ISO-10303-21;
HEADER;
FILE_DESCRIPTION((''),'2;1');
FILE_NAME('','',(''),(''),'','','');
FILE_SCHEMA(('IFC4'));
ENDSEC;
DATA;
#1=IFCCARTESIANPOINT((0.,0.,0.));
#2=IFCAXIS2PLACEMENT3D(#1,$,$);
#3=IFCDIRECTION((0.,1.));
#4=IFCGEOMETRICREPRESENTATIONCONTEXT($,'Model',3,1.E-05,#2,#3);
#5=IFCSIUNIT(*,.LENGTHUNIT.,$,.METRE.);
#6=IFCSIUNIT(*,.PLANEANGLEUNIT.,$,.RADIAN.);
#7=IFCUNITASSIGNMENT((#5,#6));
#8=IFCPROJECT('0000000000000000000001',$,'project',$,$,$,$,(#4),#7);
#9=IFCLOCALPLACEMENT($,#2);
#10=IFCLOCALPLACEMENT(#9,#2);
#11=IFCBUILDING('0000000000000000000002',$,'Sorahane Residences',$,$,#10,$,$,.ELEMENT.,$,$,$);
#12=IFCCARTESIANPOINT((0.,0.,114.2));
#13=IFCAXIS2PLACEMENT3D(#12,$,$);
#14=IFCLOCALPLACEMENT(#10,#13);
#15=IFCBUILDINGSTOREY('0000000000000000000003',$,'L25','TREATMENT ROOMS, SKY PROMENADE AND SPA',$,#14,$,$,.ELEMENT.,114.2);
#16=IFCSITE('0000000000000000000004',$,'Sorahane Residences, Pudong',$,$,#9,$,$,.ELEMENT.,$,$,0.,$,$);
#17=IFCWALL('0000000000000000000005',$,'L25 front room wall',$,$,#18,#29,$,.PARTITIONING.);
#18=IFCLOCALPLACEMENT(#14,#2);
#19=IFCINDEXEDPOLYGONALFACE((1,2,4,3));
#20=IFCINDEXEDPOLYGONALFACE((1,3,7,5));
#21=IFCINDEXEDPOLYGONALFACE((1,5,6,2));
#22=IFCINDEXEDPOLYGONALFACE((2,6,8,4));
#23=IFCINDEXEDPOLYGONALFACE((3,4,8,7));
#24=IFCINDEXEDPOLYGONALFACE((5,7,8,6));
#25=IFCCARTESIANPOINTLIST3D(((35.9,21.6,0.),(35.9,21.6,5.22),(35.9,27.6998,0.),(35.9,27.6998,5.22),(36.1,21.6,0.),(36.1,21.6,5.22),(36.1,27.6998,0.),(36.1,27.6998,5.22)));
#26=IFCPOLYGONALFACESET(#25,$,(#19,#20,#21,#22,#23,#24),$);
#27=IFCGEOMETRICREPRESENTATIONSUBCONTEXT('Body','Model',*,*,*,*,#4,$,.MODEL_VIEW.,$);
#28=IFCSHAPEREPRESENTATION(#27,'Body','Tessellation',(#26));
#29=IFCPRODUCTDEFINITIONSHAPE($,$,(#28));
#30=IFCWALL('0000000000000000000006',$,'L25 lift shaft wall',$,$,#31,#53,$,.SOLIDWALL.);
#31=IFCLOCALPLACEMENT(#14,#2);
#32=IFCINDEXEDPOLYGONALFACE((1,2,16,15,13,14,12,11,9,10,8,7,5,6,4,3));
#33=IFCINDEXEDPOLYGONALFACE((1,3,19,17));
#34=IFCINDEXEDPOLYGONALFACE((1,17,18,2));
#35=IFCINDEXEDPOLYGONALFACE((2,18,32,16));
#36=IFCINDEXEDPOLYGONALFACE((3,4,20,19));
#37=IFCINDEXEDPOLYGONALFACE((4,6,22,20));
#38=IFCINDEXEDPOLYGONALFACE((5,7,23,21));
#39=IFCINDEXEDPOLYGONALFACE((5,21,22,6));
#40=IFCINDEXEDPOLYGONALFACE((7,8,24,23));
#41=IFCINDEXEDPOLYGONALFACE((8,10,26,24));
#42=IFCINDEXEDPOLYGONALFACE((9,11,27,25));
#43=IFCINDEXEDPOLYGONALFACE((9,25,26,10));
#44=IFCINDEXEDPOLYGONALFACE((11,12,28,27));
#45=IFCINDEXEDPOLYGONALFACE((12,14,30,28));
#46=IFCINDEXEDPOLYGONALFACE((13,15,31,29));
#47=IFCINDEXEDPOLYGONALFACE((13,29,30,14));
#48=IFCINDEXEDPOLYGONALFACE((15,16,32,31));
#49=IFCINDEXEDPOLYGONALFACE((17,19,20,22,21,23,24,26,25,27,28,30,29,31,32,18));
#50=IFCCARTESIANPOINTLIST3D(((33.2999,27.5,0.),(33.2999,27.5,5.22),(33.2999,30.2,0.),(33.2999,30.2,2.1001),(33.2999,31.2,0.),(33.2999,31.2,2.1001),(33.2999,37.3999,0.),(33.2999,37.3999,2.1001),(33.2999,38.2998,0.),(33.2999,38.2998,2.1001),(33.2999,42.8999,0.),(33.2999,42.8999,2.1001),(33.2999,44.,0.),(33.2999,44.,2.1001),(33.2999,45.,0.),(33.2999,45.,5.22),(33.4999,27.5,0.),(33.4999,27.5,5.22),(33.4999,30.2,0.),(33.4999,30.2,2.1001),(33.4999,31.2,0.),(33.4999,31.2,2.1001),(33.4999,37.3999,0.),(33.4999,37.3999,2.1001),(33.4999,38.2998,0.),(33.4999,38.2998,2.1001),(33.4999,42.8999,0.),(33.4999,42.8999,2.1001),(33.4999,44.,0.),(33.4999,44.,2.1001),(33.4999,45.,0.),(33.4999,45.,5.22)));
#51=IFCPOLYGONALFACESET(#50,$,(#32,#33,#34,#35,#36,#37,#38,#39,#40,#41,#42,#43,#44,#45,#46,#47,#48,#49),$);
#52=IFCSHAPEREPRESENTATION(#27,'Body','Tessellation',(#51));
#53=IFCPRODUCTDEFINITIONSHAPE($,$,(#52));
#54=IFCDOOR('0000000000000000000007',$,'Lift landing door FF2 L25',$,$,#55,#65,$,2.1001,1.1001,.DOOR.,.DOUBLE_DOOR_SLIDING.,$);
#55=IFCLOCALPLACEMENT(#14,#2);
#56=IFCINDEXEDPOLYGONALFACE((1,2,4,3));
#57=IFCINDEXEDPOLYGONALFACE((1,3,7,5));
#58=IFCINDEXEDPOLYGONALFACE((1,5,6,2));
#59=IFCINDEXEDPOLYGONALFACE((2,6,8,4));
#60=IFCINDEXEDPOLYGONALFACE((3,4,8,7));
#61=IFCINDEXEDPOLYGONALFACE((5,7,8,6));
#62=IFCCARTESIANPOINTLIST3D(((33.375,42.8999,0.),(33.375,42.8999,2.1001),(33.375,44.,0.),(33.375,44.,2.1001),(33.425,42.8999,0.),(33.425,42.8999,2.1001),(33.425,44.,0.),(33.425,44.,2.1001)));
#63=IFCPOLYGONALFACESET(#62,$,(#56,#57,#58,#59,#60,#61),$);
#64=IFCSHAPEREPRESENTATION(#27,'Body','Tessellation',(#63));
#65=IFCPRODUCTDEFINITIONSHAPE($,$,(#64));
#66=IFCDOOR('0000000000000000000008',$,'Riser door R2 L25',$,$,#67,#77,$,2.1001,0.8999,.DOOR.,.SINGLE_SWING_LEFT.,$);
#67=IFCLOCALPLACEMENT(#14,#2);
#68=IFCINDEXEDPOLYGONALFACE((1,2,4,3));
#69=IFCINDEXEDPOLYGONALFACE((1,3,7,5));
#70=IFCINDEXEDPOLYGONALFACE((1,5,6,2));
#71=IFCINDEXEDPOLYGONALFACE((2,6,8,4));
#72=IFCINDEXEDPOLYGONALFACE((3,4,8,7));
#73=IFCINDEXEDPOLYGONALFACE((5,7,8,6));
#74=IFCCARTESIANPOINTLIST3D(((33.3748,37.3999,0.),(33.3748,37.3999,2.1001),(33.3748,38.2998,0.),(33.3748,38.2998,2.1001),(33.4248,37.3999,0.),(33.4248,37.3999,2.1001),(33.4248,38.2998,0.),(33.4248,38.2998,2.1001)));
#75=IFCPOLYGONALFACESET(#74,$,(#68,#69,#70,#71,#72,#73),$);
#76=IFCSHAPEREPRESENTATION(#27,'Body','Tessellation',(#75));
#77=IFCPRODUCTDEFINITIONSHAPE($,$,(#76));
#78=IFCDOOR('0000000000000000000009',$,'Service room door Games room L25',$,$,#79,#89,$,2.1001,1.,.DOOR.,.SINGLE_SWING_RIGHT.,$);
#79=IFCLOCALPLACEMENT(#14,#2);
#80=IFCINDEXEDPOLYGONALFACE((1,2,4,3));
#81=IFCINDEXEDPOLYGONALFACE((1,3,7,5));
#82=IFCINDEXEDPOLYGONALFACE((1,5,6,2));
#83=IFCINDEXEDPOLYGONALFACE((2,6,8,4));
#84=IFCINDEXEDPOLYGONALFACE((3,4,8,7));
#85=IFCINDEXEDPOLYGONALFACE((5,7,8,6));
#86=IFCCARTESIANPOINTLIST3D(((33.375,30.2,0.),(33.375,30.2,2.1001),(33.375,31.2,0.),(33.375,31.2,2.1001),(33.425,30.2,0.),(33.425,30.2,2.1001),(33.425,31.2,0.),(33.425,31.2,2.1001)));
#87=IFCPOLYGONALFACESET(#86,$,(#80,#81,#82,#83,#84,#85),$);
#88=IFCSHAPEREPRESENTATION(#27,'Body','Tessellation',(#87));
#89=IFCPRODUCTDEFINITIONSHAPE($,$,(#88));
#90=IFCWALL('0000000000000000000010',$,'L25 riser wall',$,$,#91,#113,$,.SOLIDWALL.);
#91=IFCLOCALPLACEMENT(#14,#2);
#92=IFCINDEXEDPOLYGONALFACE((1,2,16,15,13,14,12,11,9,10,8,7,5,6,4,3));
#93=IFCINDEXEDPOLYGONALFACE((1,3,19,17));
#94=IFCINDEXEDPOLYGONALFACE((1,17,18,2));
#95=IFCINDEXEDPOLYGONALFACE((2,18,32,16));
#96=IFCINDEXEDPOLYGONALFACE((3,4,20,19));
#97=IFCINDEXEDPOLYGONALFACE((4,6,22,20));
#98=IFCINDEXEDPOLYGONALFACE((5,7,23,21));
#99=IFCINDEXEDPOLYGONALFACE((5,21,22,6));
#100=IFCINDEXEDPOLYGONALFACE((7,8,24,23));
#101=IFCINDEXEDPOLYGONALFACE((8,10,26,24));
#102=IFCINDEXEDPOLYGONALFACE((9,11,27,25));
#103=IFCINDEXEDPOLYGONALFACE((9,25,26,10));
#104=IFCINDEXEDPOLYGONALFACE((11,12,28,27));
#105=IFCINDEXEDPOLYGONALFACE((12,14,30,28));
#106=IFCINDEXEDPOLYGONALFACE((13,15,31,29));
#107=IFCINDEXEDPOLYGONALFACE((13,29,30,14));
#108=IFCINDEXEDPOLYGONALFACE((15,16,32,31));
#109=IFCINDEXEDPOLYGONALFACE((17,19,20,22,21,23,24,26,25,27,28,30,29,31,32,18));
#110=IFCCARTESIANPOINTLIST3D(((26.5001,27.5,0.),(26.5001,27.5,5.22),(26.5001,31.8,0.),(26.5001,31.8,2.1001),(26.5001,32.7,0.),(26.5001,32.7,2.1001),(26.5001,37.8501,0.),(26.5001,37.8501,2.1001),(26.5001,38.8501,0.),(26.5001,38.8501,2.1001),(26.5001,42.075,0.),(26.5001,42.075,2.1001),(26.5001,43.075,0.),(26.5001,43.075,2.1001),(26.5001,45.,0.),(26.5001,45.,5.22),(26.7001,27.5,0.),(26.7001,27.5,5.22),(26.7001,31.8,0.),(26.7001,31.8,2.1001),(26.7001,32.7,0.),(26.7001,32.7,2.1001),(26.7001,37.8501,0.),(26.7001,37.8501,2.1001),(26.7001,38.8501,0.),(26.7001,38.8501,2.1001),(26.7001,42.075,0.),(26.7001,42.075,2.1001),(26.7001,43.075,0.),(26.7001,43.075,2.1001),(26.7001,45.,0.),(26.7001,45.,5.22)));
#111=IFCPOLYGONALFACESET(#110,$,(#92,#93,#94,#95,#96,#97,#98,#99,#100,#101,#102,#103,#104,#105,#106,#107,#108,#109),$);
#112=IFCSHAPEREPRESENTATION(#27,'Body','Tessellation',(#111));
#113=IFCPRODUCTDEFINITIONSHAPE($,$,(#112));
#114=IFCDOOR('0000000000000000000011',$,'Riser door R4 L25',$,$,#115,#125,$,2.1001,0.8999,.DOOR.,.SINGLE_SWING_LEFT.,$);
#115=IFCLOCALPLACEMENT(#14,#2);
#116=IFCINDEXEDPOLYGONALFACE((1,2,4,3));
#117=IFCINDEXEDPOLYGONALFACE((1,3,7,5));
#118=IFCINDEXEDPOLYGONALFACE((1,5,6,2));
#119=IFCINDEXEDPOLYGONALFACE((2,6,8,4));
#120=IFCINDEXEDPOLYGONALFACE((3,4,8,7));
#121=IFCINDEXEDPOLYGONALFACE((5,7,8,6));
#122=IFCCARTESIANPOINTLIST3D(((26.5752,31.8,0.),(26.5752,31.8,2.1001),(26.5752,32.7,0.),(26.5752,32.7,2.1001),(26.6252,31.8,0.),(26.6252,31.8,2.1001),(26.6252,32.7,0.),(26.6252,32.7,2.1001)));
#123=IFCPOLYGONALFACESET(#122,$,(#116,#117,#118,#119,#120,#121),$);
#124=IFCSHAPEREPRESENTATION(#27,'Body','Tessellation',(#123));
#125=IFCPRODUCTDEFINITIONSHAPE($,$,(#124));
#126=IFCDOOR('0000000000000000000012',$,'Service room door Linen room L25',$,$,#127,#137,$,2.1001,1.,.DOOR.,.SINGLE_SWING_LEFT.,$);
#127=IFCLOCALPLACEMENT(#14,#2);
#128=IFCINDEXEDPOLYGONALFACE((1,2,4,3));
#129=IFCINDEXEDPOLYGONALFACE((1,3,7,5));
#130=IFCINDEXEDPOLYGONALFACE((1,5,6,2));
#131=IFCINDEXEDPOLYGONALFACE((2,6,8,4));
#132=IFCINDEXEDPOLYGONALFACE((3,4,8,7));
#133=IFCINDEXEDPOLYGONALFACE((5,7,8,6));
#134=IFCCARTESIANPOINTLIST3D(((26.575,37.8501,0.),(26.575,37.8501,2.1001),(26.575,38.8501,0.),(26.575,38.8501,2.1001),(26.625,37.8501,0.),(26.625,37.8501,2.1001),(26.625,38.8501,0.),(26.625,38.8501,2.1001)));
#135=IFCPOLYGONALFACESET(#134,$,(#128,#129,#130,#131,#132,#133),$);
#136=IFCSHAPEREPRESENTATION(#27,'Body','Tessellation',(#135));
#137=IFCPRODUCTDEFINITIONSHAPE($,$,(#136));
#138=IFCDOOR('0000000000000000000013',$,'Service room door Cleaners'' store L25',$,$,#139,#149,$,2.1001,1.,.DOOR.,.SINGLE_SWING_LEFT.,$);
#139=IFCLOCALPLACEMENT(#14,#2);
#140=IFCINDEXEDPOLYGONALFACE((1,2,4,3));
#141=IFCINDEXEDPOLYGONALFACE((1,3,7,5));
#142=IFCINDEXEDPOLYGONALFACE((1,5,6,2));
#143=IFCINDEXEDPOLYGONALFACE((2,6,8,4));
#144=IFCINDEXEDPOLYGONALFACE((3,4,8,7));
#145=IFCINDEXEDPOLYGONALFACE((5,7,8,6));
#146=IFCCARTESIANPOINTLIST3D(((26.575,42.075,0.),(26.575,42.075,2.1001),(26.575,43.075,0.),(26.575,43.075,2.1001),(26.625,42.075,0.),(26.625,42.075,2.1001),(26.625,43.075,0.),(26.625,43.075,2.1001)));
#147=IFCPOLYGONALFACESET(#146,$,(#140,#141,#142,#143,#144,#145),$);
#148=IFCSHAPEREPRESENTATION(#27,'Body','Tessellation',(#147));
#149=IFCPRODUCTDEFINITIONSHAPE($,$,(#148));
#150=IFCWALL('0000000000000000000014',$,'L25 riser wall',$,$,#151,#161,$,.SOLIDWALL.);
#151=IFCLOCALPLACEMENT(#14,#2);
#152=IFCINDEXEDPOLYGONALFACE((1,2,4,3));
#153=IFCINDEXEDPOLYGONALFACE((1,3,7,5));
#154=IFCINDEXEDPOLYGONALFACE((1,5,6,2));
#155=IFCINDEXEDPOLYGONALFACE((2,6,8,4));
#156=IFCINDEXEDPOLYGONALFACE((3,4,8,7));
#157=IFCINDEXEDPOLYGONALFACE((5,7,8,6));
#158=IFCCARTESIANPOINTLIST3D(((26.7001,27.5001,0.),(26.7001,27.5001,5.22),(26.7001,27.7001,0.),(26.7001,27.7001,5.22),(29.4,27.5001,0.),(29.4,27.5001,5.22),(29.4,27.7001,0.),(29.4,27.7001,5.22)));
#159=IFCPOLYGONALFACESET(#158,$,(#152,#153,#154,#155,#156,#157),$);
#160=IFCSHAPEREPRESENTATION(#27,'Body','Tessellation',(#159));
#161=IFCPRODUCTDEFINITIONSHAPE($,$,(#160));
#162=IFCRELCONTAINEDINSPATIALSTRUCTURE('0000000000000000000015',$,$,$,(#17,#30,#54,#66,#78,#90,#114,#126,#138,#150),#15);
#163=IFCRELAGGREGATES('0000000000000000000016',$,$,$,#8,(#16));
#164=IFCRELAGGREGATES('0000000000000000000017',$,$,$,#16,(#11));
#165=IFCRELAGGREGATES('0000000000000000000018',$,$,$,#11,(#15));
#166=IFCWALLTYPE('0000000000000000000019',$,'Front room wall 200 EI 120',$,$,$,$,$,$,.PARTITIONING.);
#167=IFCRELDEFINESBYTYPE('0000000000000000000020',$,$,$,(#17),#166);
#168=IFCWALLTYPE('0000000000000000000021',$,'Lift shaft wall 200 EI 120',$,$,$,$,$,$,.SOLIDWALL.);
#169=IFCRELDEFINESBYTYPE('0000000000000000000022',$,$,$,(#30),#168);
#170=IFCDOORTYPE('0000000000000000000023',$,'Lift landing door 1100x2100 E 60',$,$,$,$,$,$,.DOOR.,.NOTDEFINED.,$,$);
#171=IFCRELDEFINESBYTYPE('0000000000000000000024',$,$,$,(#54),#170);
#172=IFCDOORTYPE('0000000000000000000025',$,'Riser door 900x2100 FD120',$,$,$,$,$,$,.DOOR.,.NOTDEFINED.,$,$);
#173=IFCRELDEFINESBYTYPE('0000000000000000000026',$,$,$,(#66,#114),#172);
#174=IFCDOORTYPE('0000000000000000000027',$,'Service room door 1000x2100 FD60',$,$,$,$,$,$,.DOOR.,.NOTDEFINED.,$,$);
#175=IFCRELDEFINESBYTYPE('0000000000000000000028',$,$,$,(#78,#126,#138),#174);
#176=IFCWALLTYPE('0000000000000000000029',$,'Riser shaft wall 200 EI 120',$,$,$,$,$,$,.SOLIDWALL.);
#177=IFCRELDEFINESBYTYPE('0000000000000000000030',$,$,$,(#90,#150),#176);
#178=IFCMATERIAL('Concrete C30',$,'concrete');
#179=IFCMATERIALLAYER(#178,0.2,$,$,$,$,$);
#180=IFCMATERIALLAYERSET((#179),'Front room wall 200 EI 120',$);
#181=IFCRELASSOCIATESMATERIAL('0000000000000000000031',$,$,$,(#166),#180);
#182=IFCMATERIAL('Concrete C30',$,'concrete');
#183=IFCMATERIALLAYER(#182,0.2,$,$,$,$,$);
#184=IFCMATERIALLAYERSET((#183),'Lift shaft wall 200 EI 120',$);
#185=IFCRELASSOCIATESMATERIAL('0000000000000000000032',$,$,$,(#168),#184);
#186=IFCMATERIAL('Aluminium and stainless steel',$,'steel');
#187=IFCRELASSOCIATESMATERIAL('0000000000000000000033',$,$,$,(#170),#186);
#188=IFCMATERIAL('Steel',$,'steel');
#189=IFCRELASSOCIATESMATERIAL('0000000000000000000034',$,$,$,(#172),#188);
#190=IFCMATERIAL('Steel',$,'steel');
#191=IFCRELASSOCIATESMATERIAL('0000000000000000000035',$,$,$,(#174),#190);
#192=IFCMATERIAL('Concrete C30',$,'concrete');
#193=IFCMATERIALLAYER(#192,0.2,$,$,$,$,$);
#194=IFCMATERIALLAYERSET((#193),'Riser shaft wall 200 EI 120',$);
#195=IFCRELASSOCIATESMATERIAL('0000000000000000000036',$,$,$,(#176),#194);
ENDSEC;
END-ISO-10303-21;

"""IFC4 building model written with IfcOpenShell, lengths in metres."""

from ifc_helpers import new_model, si_unit, direction, frame, frame_2d, origin, place, context, subcontext, project, spatial, rectangle, extrude, material, layer, layer_set, type_object, element, fill, save


model = new_model("IFC4")

# Units and contexts
model_context = context("Model", 3, precision=1e-05, world=origin(), true_north=direction((0.0, 1.0)))
body_context = subcontext(model_context, "Body", "Model", "MODEL_VIEW")
ifc_project = project(units=[si_unit("LENGTHUNIT", "METRE"), si_unit("PLANEANGLEUNIT", "RADIAN")], contexts=[model_context])

# Site, building, storey
site_placement = place(None, origin())
site = spatial("IfcSite", under=ifc_project, at=site_placement, Name="Sorahane Residences, Pudong", CompositionType="ELEMENT", RefElevation=0.0)
building_placement = place(site_placement, origin())
building = spatial("IfcBuilding", under=site, at=building_placement, Name="Sorahane Residences", CompositionType="ELEMENT")
storey_placement = place(building_placement, frame((0.0, 0.0, 114.2)))
storey = spatial("IfcBuildingStorey", under=building, at=storey_placement, Name="L25", Description="TREATMENT ROOMS, SKY PROMENADE AND SPA", CompositionType="ELEMENT", Elevation=114.2)

# Wall
ifc_material_1 = material(Name="Concrete C30", Category="concrete")
ifc_layer_1 = layer(ifc_material_1, 0.2)
ifc_layer_set_1 = layer_set([ifc_layer_1], Name="Front room wall 200 EI 120")
wall_type_1 = type_object("IfcWallType", Name="Front room wall 200 EI 120", PredefinedType="PARTITIONING", material=ifc_layer_set_1)
wall_1_placement = place(storey_placement, frame((36.0, 21.6001, 0.0), z_axis=(0.0, 0.0, 1.0), x_axis=(0.0, 1.0, 0.0)))
element("IfcWall", 1, at=wall_1_placement, inside=storey, type_object=wall_type_1, Name="L25 front room wall", PredefinedType="PARTITIONING", context=body_context, shape_type="SweptSolid", body=[
    extrude(rectangle(XDim=6.0999, YDim=0.2, at=frame_2d((3.0498, 0.0))), origin(), (0.0, 0.0, 1.0), 5.22),
])

# Walls, openings, doors
ifc_material_2 = material(Name="Concrete C30", Category="concrete")
ifc_layer_2 = layer(ifc_material_2, 0.2)
ifc_layer_set_2 = layer_set([ifc_layer_2], Name="Lift shaft wall 200 EI 120")
wall_type_2 = type_object("IfcWallType", Name="Lift shaft wall 200 EI 120", PredefinedType="SOLIDWALL", material=ifc_layer_set_2)
wall_2_placement = place(storey_placement, frame((33.3999, 27.5, 0.0), z_axis=(0.0, 0.0, 1.0), x_axis=(0.0, 1.0, 0.0)))
wall_2 = element("IfcWall", 2, at=wall_2_placement, inside=storey, type_object=wall_type_2, Name="L25 lift shaft wall", PredefinedType="SOLIDWALL", context=body_context, shape_type="SweptSolid", body=[
    extrude(rectangle(XDim=17.5, YDim=0.2, at=frame_2d((8.75, 0.0))), origin(), (0.0, 0.0, 1.0), 5.22),
])
opening_1_placement = place(wall_2_placement, frame((15.3999, 0.0, 0.0)))
opening_1 = element("IfcOpeningElement", 3, at=opening_1_placement, cuts=wall_2, PredefinedType="OPENING", context=body_context, shape_type="SweptSolid", body=[
    extrude(rectangle(XDim=1.1001, YDim=2.1001, at=frame_2d((0.55, 1.05))), frame((0.0, 0.1099, 0.0), z_axis=(0.0, -1.0, 0.0), x_axis=(1.0, 0.0, 0.0)), (0.0, 0.0, 1.0), 0.22),
])
opening_2_placement = place(wall_2_placement, frame((2.7, 0.0, 0.0)))
opening_2 = element("IfcOpeningElement", 4, at=opening_2_placement, cuts=wall_2, PredefinedType="OPENING", context=body_context, shape_type="SweptSolid", body=[
    extrude(rectangle(XDim=1.0, YDim=2.1001, at=frame_2d((0.5, 1.05))), frame((0.0, 0.1099, 0.0), z_axis=(0.0, -1.0, 0.0), x_axis=(1.0, 0.0, 0.0)), (0.0, 0.0, 1.0), 0.22),
])
opening_3_placement = place(wall_2_placement, frame((9.8999, 0.0, 0.0)))
opening_3 = element("IfcOpeningElement", 5, at=opening_3_placement, cuts=wall_2, PredefinedType="OPENING", context=body_context, shape_type="SweptSolid", body=[
    extrude(rectangle(XDim=0.8999, YDim=2.1001, at=frame_2d((0.45, 1.05))), frame((0.0, 0.1099, 0.0), z_axis=(0.0, -1.0, 0.0), x_axis=(1.0, 0.0, 0.0)), (0.0, 0.0, 1.0), 0.22),
])
ifc_material_3 = material(Name="Aluminium and stainless steel", Category="steel")
door_type_1 = type_object("IfcDoorType", Name="Lift landing door 1100x2100 E 60", OperationType="NOTDEFINED", PredefinedType="DOOR", material=ifc_material_3)
door_1_placement = place(opening_1_placement, origin())
door_1 = element("IfcDoor", 6, at=door_1_placement, inside=storey, type_object=door_type_1, Name="Lift landing door FF2 L25", OperationType="DOUBLE_DOOR_SLIDING", OverallHeight=2.1001, OverallWidth=1.1001, PredefinedType="DOOR", context=body_context, shape_type="SweptSolid", body=[
    extrude(rectangle(XDim=1.1001, YDim=2.1001, at=frame_2d((0.55, 1.05))), frame((0.0, 0.0249, 0.0), z_axis=(0.0, -1.0, 0.0), x_axis=(1.0, 0.0, 0.0)), (0.0, 0.0, 1.0), 0.05),
])
fill(opening_1, door_1)
ifc_material_4 = material(Name="Steel", Category="steel")
door_type_2 = type_object("IfcDoorType", Name="Riser door 900x2100 FD120", OperationType="NOTDEFINED", PredefinedType="DOOR", material=ifc_material_4)
door_2_placement = place(opening_3_placement, frame((0.8999, 0.0, 0.0), z_axis=(0.0, 0.0, 1.0), x_axis=(-1.0, 0.0, 0.0)))
door_2 = element("IfcDoor", 7, at=door_2_placement, inside=storey, type_object=door_type_2, Name="Riser door R2 L25", OperationType="SINGLE_SWING_LEFT", OverallHeight=2.1001, OverallWidth=0.8999, PredefinedType="DOOR", context=body_context, shape_type="SweptSolid", body=[
    extrude(rectangle(XDim=0.8999, YDim=2.1001, at=frame_2d((0.45, 1.05))), frame((0.0, 0.0249, 0.0), z_axis=(0.0, -1.0, 0.0), x_axis=(1.0, 0.0, 0.0)), (0.0, 0.0, 1.0), 0.05),
])
fill(opening_3, door_2)
ifc_material_5 = material(Name="Steel", Category="steel")
door_type_3 = type_object("IfcDoorType", Name="Service room door 1000x2100 FD60", OperationType="NOTDEFINED", PredefinedType="DOOR", material=ifc_material_5)
door_3_placement = place(opening_2_placement, origin())
door_3 = element("IfcDoor", 8, at=door_3_placement, inside=storey, type_object=door_type_3, Name="Service room door Games room L25", OperationType="SINGLE_SWING_RIGHT", OverallHeight=2.1001, OverallWidth=1.0, PredefinedType="DOOR", context=body_context, shape_type="SweptSolid", body=[
    extrude(rectangle(XDim=1.0, YDim=2.1001, at=frame_2d((0.5, 1.05))), frame((0.0, 0.0249, 0.0), z_axis=(0.0, -1.0, 0.0), x_axis=(1.0, 0.0, 0.0)), (0.0, 0.0, 1.0), 0.05),
])
fill(opening_2, door_3)
ifc_material_6 = material(Name="Concrete C30", Category="concrete")
ifc_layer_3 = layer(ifc_material_6, 0.2)
ifc_layer_set_3 = layer_set([ifc_layer_3], Name="Riser shaft wall 200 EI 120")
wall_type_3 = type_object("IfcWallType", Name="Riser shaft wall 200 EI 120", PredefinedType="SOLIDWALL", material=ifc_layer_set_3)
wall_3_placement = place(storey_placement, frame((26.6001, 27.5, 0.0), z_axis=(0.0, 0.0, 1.0), x_axis=(0.0, 1.0, 0.0)))
wall_3 = element("IfcWall", 9, at=wall_3_placement, inside=storey, type_object=wall_type_3, Name="L25 riser wall", PredefinedType="SOLIDWALL", context=body_context, shape_type="SweptSolid", body=[
    extrude(rectangle(XDim=17.5, YDim=0.2, at=frame_2d((8.75, 0.0))), origin(), (0.0, 0.0, 1.0), 5.22),
])
opening_4_placement = place(wall_3_placement, frame((4.3, 0.0, 0.0)))
opening_4 = element("IfcOpeningElement", 10, at=opening_4_placement, cuts=wall_3, PredefinedType="OPENING", context=body_context, shape_type="SweptSolid", body=[
    extrude(rectangle(XDim=0.8999, YDim=2.1001, at=frame_2d((0.45, 1.05))), frame((0.0, 0.1099, 0.0), z_axis=(0.0, -1.0, 0.0), x_axis=(1.0, 0.0, 0.0)), (0.0, 0.0, 1.0), 0.22),
])
opening_5_placement = place(wall_3_placement, frame((10.3501, 0.0, 0.0)))
opening_5 = element("IfcOpeningElement", 11, at=opening_5_placement, cuts=wall_3, PredefinedType="OPENING", context=body_context, shape_type="SweptSolid", body=[
    extrude(rectangle(XDim=1.0, YDim=2.1001, at=frame_2d((0.5, 1.05))), frame((0.0, 0.1099, 0.0), z_axis=(0.0, -1.0, 0.0), x_axis=(1.0, 0.0, 0.0)), (0.0, 0.0, 1.0), 0.22),
])
opening_6_placement = place(wall_3_placement, frame((14.575, 0.0, 0.0)))
opening_6 = element("IfcOpeningElement", 12, at=opening_6_placement, cuts=wall_3, PredefinedType="OPENING", context=body_context, shape_type="SweptSolid", body=[
    extrude(rectangle(XDim=1.0, YDim=2.1001, at=frame_2d((0.5, 1.05))), frame((0.0, 0.1099, 0.0), z_axis=(0.0, -1.0, 0.0), x_axis=(1.0, 0.0, 0.0)), (0.0, 0.0, 1.0), 0.22),
])
door_4_placement = place(opening_4_placement, origin())
door_4 = element("IfcDoor", 13, at=door_4_placement, inside=storey, type_object=door_type_2, Name="Riser door R4 L25", OperationType="SINGLE_SWING_LEFT", OverallHeight=2.1001, OverallWidth=0.8999, PredefinedType="DOOR", context=body_context, shape_type="SweptSolid", body=[
    extrude(rectangle(XDim=0.8999, YDim=2.1001, at=frame_2d((0.45, 1.05))), frame((0.0, 0.0249, 0.0), z_axis=(0.0, -1.0, 0.0), x_axis=(1.0, 0.0, 0.0)), (0.0, 0.0, 1.0), 0.05),
])
fill(opening_4, door_4)
door_5_placement = place(opening_5_placement, frame((1.0, 0.0, 0.0), z_axis=(0.0, 0.0, 1.0), x_axis=(-1.0, 0.0, 0.0)))
door_5 = element("IfcDoor", 14, at=door_5_placement, inside=storey, type_object=door_type_3, Name="Service room door Linen room L25", OperationType="SINGLE_SWING_LEFT", OverallHeight=2.1001, OverallWidth=1.0, PredefinedType="DOOR", context=body_context, shape_type="SweptSolid", body=[
    extrude(rectangle(XDim=1.0, YDim=2.1001, at=frame_2d((0.5, 1.05))), frame((0.0, 0.0249, 0.0), z_axis=(0.0, -1.0, 0.0), x_axis=(1.0, 0.0, 0.0)), (0.0, 0.0, 1.0), 0.05),
])
fill(opening_5, door_5)
door_6_placement = place(opening_6_placement, frame((1.0, 0.0, 0.0), z_axis=(0.0, 0.0, 1.0), x_axis=(-1.0, 0.0, 0.0)))
door_6 = element("IfcDoor", 15, at=door_6_placement, inside=storey, type_object=door_type_3, Name="Service room door Cleaners' store L25", OperationType="SINGLE_SWING_LEFT", OverallHeight=2.1001, OverallWidth=1.0, PredefinedType="DOOR", context=body_context, shape_type="SweptSolid", body=[
    extrude(rectangle(XDim=1.0, YDim=2.1001, at=frame_2d((0.5, 1.05))), frame((0.0, 0.0249, 0.0), z_axis=(0.0, -1.0, 0.0), x_axis=(1.0, 0.0, 0.0)), (0.0, 0.0, 1.0), 0.05),
])
fill(opening_6, door_6)

# Wall
wall_4_placement = place(storey_placement, frame((26.7, 27.6001, 0.0), z_axis=(0.0, 0.0, 1.0), x_axis=(1.0, 0.0, 0.0)))
element("IfcWall", 16, at=wall_4_placement, inside=storey, type_object=wall_type_3, Name="L25 riser wall", PredefinedType="SOLIDWALL", context=body_context, shape_type="SweptSolid", body=[
    extrude(rectangle(XDim=2.7, YDim=0.2, at=frame_2d((1.3501, 0.0))), origin(), (0.0, 0.0, 1.0), 5.22),
])

save(model, "model.ifc")
